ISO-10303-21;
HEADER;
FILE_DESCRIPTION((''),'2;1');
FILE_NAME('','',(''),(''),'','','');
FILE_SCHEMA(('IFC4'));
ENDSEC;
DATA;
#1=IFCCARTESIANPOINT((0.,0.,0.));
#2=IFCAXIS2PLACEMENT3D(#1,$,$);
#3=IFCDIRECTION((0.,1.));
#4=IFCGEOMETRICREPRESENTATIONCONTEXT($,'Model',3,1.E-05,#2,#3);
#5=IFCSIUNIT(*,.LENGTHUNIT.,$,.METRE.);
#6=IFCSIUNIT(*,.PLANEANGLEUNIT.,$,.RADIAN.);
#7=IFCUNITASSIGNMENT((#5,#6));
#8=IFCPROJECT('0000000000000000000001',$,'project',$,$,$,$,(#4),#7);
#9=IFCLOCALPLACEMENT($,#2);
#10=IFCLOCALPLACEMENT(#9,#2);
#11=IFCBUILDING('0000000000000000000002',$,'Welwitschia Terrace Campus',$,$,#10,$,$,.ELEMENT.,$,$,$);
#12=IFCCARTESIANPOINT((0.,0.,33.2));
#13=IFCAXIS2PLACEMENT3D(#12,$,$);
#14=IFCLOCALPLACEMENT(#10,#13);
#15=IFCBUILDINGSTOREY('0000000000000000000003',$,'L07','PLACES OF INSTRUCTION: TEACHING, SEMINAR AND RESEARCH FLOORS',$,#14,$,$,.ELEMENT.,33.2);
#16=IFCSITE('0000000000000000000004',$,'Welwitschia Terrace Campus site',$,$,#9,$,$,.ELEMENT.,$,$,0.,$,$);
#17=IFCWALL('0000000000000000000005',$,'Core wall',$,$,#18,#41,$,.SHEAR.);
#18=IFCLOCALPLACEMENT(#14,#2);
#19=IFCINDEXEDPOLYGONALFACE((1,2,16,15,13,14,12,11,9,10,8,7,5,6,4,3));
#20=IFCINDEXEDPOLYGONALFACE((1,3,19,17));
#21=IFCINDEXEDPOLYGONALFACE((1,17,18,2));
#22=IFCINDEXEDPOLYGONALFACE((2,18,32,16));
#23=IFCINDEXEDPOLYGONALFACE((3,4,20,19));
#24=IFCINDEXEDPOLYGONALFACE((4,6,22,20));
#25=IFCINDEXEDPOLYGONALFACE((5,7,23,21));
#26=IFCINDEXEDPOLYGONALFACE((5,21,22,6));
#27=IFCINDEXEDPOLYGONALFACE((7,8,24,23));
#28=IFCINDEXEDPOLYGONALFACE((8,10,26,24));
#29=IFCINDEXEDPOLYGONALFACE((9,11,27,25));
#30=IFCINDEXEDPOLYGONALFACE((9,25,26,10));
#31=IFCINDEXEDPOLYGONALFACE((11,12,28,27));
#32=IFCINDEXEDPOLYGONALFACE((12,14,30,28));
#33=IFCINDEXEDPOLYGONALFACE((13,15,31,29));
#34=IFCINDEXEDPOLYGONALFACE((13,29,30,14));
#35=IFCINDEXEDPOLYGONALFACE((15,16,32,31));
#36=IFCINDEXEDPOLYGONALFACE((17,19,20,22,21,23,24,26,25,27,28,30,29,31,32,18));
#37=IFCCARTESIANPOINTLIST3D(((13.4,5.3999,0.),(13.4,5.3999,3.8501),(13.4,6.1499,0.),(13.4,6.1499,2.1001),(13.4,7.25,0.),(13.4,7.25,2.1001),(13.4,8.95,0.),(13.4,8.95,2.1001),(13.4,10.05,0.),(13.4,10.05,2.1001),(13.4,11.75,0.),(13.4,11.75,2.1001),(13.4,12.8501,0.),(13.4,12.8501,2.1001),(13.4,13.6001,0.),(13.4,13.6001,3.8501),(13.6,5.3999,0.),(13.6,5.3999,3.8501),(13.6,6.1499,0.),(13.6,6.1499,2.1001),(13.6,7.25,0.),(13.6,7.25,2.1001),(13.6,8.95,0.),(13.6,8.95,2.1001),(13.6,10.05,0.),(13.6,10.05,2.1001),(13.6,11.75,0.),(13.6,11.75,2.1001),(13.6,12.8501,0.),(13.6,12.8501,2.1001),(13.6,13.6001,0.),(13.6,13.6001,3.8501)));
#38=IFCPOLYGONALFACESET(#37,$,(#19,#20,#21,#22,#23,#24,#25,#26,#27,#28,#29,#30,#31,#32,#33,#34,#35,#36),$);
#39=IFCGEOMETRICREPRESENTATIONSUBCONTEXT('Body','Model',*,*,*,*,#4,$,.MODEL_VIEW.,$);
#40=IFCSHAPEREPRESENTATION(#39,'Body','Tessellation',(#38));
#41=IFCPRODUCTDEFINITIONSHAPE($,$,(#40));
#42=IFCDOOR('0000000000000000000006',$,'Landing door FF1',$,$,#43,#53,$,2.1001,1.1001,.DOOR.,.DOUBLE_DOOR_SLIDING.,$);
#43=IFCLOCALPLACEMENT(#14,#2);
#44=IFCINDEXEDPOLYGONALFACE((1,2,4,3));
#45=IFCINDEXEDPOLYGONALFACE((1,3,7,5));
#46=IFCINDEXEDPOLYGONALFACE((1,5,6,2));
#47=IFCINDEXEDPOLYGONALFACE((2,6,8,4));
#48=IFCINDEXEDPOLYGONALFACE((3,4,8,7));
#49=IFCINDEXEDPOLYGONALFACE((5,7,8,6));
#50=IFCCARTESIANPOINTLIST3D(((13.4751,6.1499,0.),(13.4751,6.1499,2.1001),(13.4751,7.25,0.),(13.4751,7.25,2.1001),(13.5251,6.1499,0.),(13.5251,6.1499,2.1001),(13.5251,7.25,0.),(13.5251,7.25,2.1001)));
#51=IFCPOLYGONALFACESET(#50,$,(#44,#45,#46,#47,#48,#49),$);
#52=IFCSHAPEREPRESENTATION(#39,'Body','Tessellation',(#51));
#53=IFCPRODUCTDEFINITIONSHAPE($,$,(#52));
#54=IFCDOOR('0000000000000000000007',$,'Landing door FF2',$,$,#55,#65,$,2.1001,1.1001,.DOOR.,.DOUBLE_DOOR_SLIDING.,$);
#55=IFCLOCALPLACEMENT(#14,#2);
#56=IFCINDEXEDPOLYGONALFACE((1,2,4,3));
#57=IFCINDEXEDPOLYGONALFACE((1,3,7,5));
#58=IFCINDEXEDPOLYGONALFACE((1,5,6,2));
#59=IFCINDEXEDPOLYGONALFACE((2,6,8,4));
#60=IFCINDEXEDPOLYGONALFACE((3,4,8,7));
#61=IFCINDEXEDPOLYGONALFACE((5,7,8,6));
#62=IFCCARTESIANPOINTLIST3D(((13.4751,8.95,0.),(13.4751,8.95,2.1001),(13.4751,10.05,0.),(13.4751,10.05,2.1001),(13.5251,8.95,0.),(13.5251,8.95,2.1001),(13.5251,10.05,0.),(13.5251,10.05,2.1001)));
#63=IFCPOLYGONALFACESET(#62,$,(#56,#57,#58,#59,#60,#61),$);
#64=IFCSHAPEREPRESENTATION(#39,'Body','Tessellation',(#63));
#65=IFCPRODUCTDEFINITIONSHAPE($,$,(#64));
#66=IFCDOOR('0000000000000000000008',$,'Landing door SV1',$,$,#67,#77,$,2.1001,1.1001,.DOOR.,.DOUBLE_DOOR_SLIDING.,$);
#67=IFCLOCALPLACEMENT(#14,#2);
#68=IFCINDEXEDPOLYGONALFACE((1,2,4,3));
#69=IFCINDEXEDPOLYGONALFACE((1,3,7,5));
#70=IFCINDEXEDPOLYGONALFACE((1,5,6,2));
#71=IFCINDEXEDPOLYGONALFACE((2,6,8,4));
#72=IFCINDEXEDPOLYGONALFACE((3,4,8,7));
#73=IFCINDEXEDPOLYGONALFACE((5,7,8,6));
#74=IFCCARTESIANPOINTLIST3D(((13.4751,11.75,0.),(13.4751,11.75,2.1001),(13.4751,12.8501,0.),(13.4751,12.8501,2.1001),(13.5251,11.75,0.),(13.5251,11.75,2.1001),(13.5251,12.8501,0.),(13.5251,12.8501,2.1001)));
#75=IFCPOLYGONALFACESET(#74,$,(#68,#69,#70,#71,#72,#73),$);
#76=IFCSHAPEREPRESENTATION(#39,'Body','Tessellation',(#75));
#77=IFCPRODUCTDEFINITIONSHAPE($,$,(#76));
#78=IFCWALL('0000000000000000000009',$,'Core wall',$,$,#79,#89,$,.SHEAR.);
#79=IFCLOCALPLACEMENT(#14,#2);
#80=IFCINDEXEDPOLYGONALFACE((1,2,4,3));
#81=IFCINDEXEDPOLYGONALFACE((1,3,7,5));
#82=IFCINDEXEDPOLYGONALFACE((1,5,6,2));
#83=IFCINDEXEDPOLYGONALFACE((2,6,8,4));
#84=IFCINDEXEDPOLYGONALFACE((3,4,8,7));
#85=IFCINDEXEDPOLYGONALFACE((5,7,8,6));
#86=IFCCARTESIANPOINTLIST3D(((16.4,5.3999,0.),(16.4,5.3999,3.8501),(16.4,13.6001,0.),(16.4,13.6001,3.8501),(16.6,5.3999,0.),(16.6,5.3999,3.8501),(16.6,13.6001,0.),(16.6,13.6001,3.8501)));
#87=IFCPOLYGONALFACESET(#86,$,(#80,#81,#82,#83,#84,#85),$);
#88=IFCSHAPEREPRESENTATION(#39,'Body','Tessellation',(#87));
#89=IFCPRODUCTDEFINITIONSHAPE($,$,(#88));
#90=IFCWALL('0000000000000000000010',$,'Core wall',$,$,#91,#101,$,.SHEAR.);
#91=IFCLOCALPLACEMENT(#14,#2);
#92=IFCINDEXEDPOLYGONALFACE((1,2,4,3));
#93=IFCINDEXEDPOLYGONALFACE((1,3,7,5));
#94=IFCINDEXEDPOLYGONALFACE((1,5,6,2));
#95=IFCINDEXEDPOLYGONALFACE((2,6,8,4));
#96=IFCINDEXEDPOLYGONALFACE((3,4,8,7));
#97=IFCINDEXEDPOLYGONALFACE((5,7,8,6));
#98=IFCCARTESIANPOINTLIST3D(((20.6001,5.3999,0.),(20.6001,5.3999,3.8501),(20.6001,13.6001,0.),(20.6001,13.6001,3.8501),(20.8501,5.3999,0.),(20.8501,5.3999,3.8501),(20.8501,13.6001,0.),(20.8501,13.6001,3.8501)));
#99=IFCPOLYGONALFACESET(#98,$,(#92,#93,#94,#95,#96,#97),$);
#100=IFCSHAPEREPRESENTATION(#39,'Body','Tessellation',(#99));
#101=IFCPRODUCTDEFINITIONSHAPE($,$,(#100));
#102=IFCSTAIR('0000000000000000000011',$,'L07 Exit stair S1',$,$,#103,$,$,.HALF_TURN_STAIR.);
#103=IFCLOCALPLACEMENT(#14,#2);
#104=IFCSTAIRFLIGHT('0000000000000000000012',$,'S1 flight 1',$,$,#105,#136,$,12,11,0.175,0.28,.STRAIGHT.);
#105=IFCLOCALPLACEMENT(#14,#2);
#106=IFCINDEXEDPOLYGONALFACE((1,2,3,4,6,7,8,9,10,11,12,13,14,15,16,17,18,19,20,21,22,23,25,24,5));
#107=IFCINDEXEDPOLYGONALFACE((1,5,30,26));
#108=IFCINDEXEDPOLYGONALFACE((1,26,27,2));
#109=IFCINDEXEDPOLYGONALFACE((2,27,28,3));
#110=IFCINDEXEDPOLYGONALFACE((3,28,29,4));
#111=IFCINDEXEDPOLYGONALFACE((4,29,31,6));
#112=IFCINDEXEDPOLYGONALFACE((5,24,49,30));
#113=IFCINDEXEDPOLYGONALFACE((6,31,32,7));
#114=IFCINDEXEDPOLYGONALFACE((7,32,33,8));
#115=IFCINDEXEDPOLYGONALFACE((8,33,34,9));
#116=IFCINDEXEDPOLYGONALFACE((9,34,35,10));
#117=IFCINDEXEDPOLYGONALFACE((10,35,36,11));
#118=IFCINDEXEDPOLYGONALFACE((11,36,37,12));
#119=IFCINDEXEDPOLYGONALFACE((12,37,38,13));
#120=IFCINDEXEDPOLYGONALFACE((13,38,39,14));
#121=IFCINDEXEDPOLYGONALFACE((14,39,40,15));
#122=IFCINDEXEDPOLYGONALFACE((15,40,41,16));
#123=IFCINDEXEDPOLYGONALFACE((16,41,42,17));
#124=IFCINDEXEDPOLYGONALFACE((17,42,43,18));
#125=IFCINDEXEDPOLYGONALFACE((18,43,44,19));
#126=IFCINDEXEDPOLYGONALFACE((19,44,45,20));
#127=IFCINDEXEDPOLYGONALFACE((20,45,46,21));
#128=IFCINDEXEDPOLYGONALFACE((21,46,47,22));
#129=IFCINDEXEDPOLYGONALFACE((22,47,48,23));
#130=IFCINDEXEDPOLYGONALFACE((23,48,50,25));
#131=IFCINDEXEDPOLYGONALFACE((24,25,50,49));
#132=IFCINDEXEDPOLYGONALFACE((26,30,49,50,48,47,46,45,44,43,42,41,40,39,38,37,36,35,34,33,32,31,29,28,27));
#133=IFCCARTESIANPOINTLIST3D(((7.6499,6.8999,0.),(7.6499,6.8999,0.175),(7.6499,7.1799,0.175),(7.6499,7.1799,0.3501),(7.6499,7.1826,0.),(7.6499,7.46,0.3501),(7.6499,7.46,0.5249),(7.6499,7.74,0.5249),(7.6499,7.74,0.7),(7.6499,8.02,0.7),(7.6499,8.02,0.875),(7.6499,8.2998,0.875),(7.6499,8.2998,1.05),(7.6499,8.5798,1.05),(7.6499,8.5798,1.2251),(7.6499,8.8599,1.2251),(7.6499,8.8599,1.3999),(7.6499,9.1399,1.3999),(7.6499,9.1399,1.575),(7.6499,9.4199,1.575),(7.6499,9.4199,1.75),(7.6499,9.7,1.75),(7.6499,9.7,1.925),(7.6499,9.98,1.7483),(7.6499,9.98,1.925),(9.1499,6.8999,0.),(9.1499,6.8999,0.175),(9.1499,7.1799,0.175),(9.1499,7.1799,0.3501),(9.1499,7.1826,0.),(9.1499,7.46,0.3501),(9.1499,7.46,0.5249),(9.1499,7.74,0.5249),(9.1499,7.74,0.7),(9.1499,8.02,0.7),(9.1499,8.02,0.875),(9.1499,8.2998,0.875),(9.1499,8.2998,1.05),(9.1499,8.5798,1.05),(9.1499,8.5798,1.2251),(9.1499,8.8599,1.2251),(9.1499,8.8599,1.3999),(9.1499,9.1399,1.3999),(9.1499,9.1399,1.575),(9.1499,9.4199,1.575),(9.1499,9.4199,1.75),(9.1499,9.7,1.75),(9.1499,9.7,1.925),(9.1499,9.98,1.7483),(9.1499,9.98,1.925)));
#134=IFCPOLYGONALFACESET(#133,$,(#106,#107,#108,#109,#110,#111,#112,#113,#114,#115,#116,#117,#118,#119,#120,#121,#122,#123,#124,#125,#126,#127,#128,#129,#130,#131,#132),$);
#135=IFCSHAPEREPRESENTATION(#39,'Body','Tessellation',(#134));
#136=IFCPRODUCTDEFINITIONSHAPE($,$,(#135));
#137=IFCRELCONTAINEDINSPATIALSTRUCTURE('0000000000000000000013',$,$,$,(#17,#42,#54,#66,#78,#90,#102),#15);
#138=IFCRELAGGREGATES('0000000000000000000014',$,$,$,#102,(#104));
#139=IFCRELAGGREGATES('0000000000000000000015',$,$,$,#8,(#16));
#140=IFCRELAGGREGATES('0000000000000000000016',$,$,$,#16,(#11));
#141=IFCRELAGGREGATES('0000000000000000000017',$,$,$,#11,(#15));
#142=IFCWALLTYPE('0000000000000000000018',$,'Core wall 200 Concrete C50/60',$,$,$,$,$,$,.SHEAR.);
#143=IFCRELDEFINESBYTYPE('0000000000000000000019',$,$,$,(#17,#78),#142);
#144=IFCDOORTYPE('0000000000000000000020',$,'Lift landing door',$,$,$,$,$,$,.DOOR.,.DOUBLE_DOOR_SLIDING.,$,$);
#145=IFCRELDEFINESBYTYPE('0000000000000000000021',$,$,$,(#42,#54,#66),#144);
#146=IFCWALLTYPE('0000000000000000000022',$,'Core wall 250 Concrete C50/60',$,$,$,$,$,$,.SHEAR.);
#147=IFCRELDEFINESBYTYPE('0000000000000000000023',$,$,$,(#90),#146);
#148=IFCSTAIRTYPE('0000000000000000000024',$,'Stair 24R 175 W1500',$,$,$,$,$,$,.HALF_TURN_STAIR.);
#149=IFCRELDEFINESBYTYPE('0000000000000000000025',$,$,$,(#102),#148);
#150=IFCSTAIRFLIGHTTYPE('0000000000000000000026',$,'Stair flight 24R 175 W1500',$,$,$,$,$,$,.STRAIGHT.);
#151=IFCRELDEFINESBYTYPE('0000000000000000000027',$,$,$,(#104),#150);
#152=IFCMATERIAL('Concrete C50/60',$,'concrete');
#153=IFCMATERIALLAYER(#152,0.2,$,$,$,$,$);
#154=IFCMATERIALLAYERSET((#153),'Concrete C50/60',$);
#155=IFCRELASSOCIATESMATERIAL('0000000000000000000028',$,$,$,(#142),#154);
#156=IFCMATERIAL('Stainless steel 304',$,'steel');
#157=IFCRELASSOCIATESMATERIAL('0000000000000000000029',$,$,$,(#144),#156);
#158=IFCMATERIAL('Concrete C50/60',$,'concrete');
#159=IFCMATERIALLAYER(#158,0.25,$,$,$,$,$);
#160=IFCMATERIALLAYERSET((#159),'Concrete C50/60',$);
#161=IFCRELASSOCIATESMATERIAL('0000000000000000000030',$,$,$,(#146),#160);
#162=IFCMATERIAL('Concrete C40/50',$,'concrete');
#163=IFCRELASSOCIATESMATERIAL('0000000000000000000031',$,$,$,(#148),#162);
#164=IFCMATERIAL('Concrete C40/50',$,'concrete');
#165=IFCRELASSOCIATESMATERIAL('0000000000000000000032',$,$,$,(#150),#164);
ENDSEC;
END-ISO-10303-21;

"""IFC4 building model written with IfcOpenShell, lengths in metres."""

from ifc_helpers import new_model, si_unit, direction, frame, frame_2d, origin, place, context, subcontext, project, spatial, polyline, rectangle, outline, extrude, material, layer, layer_set, type_object, element, fill, aggregate, save


model = new_model("IFC4")

# Units and contexts
model_context = context("Model", 3, precision=1e-05, world=origin(), true_north=direction((0.0, 1.0)))
body_context = subcontext(model_context, "Body", "Model", "MODEL_VIEW")
ifc_project = project(units=[si_unit("LENGTHUNIT", "METRE"), si_unit("PLANEANGLEUNIT", "RADIAN")], contexts=[model_context])

# Site, building, storey
site_placement = place(None, origin())
site = spatial("IfcSite", under=ifc_project, at=site_placement, Name="Welwitschia Terrace Campus site", CompositionType="ELEMENT", RefElevation=0.0)
building_placement = place(site_placement, origin())
building = spatial("IfcBuilding", under=site, at=building_placement, Name="Welwitschia Terrace Campus", CompositionType="ELEMENT")
storey_placement = place(building_placement, frame((0.0, 0.0, 33.2)))
storey = spatial("IfcBuildingStorey", under=building, at=storey_placement, Name="L07", Description="PLACES OF INSTRUCTION: TEACHING, SEMINAR AND RESEARCH FLOORS", CompositionType="ELEMENT", Elevation=33.2)

# Wall, openings, doors
ifc_material_1 = material(Name="Concrete C50/60", Category="concrete")
ifc_layer_1 = layer(ifc_material_1, 0.2)
ifc_layer_set_1 = layer_set([ifc_layer_1], Name="Concrete C50/60")
wall_type_1 = type_object("IfcWallType", Name="Core wall 200 Concrete C50/60", PredefinedType="SHEAR", material=ifc_layer_set_1)
wall_1_placement = place(storey_placement, frame((13.5, 5.3999, 0.0), z_axis=(0.0, 0.0, 1.0), x_axis=(0.0, 1.0, 0.0)))
wall_1 = element("IfcWall", 1, at=wall_1_placement, inside=storey, type_object=wall_type_1, Name="Core wall", PredefinedType="SHEAR", context=body_context, shape_type="SweptSolid", body=[
    extrude(rectangle(XDim=8.2002, YDim=0.2, at=frame_2d((4.1001, 0.0))), origin(), (0.0, 0.0, 1.0), 3.8501),
])
opening_1_placement = place(wall_1_placement, frame((0.75, 0.0, 0.0)))
opening_1 = element("IfcOpeningElement", 2, at=opening_1_placement, cuts=wall_1, PredefinedType="OPENING", context=body_context, shape_type="SweptSolid", body=[
    extrude(rectangle(XDim=1.1001, YDim=2.1001, at=frame_2d((0.55, 1.05))), frame((0.0, 0.1099, 0.0), z_axis=(0.0, -1.0, 0.0), x_axis=(1.0, 0.0, 0.0)), (0.0, 0.0, 1.0), 0.22),
])
opening_2_placement = place(wall_1_placement, frame((3.55, 0.0, 0.0)))
opening_2 = element("IfcOpeningElement", 3, at=opening_2_placement, cuts=wall_1, PredefinedType="OPENING", context=body_context, shape_type="SweptSolid", body=[
    extrude(rectangle(XDim=1.1001, YDim=2.1001, at=frame_2d((0.55, 1.05))), frame((0.0, 0.1099, 0.0), z_axis=(0.0, -1.0, 0.0), x_axis=(1.0, 0.0, 0.0)), (0.0, 0.0, 1.0), 0.22),
])
opening_3_placement = place(wall_1_placement, frame((6.3501, 0.0, 0.0)))
opening_3 = element("IfcOpeningElement", 4, at=opening_3_placement, cuts=wall_1, PredefinedType="OPENING", context=body_context, shape_type="SweptSolid", body=[
    extrude(rectangle(XDim=1.1001, YDim=2.1001, at=frame_2d((0.55, 1.05))), frame((0.0, 0.1099, 0.0), z_axis=(0.0, -1.0, 0.0), x_axis=(1.0, 0.0, 0.0)), (0.0, 0.0, 1.0), 0.22),
])
ifc_material_2 = material(Name="Stainless steel 304", Category="steel")
door_type = type_object("IfcDoorType", Name="Lift landing door", OperationType="DOUBLE_DOOR_SLIDING", PredefinedType="DOOR", material=ifc_material_2)
door_1_placement = place(opening_1_placement, origin())
door_1 = element("IfcDoor", 5, at=door_1_placement, inside=storey, type_object=door_type, Name="Landing door FF1", OperationType="DOUBLE_DOOR_SLIDING", OverallHeight=2.1001, OverallWidth=1.1001, PredefinedType="DOOR", context=body_context, shape_type="SweptSolid", body=[
    extrude(rectangle(XDim=1.1001, YDim=2.1001, at=frame_2d((0.55, 1.05))), frame((0.0, 0.0249, 0.0), z_axis=(0.0, -1.0, 0.0), x_axis=(1.0, 0.0, 0.0)), (0.0, 0.0, 1.0), 0.05),
])
fill(opening_1, door_1)
door_2_placement = place(opening_2_placement, origin())
door_2 = element("IfcDoor", 6, at=door_2_placement, inside=storey, type_object=door_type, Name="Landing door FF2", OperationType="DOUBLE_DOOR_SLIDING", OverallHeight=2.1001, OverallWidth=1.1001, PredefinedType="DOOR", context=body_context, shape_type="SweptSolid", body=[
    extrude(rectangle(XDim=1.1001, YDim=2.1001, at=frame_2d((0.55, 1.05))), frame((0.0, 0.0249, 0.0), z_axis=(0.0, -1.0, 0.0), x_axis=(1.0, 0.0, 0.0)), (0.0, 0.0, 1.0), 0.05),
])
fill(opening_2, door_2)
door_3_placement = place(opening_3_placement, origin())
door_3 = element("IfcDoor", 7, at=door_3_placement, inside=storey, type_object=door_type, Name="Landing door SV1", OperationType="DOUBLE_DOOR_SLIDING", OverallHeight=2.1001, OverallWidth=1.1001, PredefinedType="DOOR", context=body_context, shape_type="SweptSolid", body=[
    extrude(rectangle(XDim=1.1001, YDim=2.1001, at=frame_2d((0.55, 1.05))), frame((0.0, 0.0249, 0.0), z_axis=(0.0, -1.0, 0.0), x_axis=(1.0, 0.0, 0.0)), (0.0, 0.0, 1.0), 0.05),
])
fill(opening_3, door_3)

# Walls
wall_2_placement = place(storey_placement, frame((16.5, 5.3999, 0.0), z_axis=(0.0, 0.0, 1.0), x_axis=(0.0, 1.0, 0.0)))
element("IfcWall", 8, at=wall_2_placement, inside=storey, type_object=wall_type_1, Name="Core wall", PredefinedType="SHEAR", context=body_context, shape_type="SweptSolid", body=[
    extrude(rectangle(XDim=8.2002, YDim=0.2, at=frame_2d((4.1001, 0.0))), origin(), (0.0, 0.0, 1.0), 3.8501),
])
ifc_material_3 = material(Name="Concrete C50/60", Category="concrete")
ifc_layer_2 = layer(ifc_material_3, 0.25)
ifc_layer_set_2 = layer_set([ifc_layer_2], Name="Concrete C50/60")
wall_type_2 = type_object("IfcWallType", Name="Core wall 250 Concrete C50/60", PredefinedType="SHEAR", material=ifc_layer_set_2)
wall_3_placement = place(storey_placement, frame((20.7251, 5.3999, 0.0), z_axis=(0.0, 0.0, 1.0), x_axis=(0.0, 1.0, 0.0)))
element("IfcWall", 9, at=wall_3_placement, inside=storey, type_object=wall_type_2, Name="Core wall", PredefinedType="SHEAR", context=body_context, shape_type="SweptSolid", body=[
    extrude(rectangle(XDim=8.2002, YDim=0.25, at=frame_2d((4.1001, 0.0))), origin(), (0.0, 0.0, 1.0), 3.8501),
])

# Stair, stair flight
ifc_material_4 = material(Name="Concrete C40/50", Category="concrete")
stair_type = type_object("IfcStairType", Name="Stair 24R 175 W1500", PredefinedType="HALF_TURN_STAIR", material=ifc_material_4)
stair_placement = place(storey_placement, origin())
stair = element("IfcStair", 10, at=stair_placement, inside=storey, type_object=stair_type, Name="L07 Exit stair S1", PredefinedType="HALF_TURN_STAIR")
ifc_material_5 = material(Name="Concrete C40/50", Category="concrete")
stair_flight_type = type_object("IfcStairFlightType", Name="Stair flight 24R 175 W1500", PredefinedType="STRAIGHT", material=ifc_material_5)
stair_flight_placement = place(storey_placement, frame((8.3999, 6.8999, 0.0), z_axis=(0.0, 0.0, 1.0), x_axis=(0.0, 1.0, 0.0)))
stair_flight = element("IfcStairFlight", 11, at=stair_flight_placement, type_object=stair_flight_type, Name="S1 flight 1", NumberOfRisers=12, NumberOfTreads=11, PredefinedType="STRAIGHT", RiserHeight=0.175, TreadLength=0.28, context=body_context, shape_type="SweptSolid", body=[
    extrude(outline(polyline([(0.0, 0.0), (0.0, 0.175), (0.28, 0.175), (0.28, 0.3501), (0.5601, 0.3501), (0.5601, 0.5249), (0.8401, 0.5249), (0.8401, 0.7), (1.1201, 0.7), (1.1201, 0.875), (1.3999, 0.875), (1.3999, 1.05), (1.6799, 1.05), (1.6799, 1.2251), (1.96, 1.2251), (1.96, 1.3999), (2.24, 1.3999), (2.24, 1.575), (2.52, 1.575), (2.52, 1.75), (2.8, 1.75), (2.8, 1.925), (3.0801, 1.925), (3.0801, 2.1001), (3.0801, 1.7483), (0.2827, 0.0), (0.0, 0.0)])), frame((0.0, 0.75, 0.0), z_axis=(0.0, -1.0, 0.0), x_axis=(1.0, 0.0, 0.0)), (0.0, 0.0, 1.0), 1.5),
])
aggregate(stair, [stair_flight])

save(model, "model.ifc")
